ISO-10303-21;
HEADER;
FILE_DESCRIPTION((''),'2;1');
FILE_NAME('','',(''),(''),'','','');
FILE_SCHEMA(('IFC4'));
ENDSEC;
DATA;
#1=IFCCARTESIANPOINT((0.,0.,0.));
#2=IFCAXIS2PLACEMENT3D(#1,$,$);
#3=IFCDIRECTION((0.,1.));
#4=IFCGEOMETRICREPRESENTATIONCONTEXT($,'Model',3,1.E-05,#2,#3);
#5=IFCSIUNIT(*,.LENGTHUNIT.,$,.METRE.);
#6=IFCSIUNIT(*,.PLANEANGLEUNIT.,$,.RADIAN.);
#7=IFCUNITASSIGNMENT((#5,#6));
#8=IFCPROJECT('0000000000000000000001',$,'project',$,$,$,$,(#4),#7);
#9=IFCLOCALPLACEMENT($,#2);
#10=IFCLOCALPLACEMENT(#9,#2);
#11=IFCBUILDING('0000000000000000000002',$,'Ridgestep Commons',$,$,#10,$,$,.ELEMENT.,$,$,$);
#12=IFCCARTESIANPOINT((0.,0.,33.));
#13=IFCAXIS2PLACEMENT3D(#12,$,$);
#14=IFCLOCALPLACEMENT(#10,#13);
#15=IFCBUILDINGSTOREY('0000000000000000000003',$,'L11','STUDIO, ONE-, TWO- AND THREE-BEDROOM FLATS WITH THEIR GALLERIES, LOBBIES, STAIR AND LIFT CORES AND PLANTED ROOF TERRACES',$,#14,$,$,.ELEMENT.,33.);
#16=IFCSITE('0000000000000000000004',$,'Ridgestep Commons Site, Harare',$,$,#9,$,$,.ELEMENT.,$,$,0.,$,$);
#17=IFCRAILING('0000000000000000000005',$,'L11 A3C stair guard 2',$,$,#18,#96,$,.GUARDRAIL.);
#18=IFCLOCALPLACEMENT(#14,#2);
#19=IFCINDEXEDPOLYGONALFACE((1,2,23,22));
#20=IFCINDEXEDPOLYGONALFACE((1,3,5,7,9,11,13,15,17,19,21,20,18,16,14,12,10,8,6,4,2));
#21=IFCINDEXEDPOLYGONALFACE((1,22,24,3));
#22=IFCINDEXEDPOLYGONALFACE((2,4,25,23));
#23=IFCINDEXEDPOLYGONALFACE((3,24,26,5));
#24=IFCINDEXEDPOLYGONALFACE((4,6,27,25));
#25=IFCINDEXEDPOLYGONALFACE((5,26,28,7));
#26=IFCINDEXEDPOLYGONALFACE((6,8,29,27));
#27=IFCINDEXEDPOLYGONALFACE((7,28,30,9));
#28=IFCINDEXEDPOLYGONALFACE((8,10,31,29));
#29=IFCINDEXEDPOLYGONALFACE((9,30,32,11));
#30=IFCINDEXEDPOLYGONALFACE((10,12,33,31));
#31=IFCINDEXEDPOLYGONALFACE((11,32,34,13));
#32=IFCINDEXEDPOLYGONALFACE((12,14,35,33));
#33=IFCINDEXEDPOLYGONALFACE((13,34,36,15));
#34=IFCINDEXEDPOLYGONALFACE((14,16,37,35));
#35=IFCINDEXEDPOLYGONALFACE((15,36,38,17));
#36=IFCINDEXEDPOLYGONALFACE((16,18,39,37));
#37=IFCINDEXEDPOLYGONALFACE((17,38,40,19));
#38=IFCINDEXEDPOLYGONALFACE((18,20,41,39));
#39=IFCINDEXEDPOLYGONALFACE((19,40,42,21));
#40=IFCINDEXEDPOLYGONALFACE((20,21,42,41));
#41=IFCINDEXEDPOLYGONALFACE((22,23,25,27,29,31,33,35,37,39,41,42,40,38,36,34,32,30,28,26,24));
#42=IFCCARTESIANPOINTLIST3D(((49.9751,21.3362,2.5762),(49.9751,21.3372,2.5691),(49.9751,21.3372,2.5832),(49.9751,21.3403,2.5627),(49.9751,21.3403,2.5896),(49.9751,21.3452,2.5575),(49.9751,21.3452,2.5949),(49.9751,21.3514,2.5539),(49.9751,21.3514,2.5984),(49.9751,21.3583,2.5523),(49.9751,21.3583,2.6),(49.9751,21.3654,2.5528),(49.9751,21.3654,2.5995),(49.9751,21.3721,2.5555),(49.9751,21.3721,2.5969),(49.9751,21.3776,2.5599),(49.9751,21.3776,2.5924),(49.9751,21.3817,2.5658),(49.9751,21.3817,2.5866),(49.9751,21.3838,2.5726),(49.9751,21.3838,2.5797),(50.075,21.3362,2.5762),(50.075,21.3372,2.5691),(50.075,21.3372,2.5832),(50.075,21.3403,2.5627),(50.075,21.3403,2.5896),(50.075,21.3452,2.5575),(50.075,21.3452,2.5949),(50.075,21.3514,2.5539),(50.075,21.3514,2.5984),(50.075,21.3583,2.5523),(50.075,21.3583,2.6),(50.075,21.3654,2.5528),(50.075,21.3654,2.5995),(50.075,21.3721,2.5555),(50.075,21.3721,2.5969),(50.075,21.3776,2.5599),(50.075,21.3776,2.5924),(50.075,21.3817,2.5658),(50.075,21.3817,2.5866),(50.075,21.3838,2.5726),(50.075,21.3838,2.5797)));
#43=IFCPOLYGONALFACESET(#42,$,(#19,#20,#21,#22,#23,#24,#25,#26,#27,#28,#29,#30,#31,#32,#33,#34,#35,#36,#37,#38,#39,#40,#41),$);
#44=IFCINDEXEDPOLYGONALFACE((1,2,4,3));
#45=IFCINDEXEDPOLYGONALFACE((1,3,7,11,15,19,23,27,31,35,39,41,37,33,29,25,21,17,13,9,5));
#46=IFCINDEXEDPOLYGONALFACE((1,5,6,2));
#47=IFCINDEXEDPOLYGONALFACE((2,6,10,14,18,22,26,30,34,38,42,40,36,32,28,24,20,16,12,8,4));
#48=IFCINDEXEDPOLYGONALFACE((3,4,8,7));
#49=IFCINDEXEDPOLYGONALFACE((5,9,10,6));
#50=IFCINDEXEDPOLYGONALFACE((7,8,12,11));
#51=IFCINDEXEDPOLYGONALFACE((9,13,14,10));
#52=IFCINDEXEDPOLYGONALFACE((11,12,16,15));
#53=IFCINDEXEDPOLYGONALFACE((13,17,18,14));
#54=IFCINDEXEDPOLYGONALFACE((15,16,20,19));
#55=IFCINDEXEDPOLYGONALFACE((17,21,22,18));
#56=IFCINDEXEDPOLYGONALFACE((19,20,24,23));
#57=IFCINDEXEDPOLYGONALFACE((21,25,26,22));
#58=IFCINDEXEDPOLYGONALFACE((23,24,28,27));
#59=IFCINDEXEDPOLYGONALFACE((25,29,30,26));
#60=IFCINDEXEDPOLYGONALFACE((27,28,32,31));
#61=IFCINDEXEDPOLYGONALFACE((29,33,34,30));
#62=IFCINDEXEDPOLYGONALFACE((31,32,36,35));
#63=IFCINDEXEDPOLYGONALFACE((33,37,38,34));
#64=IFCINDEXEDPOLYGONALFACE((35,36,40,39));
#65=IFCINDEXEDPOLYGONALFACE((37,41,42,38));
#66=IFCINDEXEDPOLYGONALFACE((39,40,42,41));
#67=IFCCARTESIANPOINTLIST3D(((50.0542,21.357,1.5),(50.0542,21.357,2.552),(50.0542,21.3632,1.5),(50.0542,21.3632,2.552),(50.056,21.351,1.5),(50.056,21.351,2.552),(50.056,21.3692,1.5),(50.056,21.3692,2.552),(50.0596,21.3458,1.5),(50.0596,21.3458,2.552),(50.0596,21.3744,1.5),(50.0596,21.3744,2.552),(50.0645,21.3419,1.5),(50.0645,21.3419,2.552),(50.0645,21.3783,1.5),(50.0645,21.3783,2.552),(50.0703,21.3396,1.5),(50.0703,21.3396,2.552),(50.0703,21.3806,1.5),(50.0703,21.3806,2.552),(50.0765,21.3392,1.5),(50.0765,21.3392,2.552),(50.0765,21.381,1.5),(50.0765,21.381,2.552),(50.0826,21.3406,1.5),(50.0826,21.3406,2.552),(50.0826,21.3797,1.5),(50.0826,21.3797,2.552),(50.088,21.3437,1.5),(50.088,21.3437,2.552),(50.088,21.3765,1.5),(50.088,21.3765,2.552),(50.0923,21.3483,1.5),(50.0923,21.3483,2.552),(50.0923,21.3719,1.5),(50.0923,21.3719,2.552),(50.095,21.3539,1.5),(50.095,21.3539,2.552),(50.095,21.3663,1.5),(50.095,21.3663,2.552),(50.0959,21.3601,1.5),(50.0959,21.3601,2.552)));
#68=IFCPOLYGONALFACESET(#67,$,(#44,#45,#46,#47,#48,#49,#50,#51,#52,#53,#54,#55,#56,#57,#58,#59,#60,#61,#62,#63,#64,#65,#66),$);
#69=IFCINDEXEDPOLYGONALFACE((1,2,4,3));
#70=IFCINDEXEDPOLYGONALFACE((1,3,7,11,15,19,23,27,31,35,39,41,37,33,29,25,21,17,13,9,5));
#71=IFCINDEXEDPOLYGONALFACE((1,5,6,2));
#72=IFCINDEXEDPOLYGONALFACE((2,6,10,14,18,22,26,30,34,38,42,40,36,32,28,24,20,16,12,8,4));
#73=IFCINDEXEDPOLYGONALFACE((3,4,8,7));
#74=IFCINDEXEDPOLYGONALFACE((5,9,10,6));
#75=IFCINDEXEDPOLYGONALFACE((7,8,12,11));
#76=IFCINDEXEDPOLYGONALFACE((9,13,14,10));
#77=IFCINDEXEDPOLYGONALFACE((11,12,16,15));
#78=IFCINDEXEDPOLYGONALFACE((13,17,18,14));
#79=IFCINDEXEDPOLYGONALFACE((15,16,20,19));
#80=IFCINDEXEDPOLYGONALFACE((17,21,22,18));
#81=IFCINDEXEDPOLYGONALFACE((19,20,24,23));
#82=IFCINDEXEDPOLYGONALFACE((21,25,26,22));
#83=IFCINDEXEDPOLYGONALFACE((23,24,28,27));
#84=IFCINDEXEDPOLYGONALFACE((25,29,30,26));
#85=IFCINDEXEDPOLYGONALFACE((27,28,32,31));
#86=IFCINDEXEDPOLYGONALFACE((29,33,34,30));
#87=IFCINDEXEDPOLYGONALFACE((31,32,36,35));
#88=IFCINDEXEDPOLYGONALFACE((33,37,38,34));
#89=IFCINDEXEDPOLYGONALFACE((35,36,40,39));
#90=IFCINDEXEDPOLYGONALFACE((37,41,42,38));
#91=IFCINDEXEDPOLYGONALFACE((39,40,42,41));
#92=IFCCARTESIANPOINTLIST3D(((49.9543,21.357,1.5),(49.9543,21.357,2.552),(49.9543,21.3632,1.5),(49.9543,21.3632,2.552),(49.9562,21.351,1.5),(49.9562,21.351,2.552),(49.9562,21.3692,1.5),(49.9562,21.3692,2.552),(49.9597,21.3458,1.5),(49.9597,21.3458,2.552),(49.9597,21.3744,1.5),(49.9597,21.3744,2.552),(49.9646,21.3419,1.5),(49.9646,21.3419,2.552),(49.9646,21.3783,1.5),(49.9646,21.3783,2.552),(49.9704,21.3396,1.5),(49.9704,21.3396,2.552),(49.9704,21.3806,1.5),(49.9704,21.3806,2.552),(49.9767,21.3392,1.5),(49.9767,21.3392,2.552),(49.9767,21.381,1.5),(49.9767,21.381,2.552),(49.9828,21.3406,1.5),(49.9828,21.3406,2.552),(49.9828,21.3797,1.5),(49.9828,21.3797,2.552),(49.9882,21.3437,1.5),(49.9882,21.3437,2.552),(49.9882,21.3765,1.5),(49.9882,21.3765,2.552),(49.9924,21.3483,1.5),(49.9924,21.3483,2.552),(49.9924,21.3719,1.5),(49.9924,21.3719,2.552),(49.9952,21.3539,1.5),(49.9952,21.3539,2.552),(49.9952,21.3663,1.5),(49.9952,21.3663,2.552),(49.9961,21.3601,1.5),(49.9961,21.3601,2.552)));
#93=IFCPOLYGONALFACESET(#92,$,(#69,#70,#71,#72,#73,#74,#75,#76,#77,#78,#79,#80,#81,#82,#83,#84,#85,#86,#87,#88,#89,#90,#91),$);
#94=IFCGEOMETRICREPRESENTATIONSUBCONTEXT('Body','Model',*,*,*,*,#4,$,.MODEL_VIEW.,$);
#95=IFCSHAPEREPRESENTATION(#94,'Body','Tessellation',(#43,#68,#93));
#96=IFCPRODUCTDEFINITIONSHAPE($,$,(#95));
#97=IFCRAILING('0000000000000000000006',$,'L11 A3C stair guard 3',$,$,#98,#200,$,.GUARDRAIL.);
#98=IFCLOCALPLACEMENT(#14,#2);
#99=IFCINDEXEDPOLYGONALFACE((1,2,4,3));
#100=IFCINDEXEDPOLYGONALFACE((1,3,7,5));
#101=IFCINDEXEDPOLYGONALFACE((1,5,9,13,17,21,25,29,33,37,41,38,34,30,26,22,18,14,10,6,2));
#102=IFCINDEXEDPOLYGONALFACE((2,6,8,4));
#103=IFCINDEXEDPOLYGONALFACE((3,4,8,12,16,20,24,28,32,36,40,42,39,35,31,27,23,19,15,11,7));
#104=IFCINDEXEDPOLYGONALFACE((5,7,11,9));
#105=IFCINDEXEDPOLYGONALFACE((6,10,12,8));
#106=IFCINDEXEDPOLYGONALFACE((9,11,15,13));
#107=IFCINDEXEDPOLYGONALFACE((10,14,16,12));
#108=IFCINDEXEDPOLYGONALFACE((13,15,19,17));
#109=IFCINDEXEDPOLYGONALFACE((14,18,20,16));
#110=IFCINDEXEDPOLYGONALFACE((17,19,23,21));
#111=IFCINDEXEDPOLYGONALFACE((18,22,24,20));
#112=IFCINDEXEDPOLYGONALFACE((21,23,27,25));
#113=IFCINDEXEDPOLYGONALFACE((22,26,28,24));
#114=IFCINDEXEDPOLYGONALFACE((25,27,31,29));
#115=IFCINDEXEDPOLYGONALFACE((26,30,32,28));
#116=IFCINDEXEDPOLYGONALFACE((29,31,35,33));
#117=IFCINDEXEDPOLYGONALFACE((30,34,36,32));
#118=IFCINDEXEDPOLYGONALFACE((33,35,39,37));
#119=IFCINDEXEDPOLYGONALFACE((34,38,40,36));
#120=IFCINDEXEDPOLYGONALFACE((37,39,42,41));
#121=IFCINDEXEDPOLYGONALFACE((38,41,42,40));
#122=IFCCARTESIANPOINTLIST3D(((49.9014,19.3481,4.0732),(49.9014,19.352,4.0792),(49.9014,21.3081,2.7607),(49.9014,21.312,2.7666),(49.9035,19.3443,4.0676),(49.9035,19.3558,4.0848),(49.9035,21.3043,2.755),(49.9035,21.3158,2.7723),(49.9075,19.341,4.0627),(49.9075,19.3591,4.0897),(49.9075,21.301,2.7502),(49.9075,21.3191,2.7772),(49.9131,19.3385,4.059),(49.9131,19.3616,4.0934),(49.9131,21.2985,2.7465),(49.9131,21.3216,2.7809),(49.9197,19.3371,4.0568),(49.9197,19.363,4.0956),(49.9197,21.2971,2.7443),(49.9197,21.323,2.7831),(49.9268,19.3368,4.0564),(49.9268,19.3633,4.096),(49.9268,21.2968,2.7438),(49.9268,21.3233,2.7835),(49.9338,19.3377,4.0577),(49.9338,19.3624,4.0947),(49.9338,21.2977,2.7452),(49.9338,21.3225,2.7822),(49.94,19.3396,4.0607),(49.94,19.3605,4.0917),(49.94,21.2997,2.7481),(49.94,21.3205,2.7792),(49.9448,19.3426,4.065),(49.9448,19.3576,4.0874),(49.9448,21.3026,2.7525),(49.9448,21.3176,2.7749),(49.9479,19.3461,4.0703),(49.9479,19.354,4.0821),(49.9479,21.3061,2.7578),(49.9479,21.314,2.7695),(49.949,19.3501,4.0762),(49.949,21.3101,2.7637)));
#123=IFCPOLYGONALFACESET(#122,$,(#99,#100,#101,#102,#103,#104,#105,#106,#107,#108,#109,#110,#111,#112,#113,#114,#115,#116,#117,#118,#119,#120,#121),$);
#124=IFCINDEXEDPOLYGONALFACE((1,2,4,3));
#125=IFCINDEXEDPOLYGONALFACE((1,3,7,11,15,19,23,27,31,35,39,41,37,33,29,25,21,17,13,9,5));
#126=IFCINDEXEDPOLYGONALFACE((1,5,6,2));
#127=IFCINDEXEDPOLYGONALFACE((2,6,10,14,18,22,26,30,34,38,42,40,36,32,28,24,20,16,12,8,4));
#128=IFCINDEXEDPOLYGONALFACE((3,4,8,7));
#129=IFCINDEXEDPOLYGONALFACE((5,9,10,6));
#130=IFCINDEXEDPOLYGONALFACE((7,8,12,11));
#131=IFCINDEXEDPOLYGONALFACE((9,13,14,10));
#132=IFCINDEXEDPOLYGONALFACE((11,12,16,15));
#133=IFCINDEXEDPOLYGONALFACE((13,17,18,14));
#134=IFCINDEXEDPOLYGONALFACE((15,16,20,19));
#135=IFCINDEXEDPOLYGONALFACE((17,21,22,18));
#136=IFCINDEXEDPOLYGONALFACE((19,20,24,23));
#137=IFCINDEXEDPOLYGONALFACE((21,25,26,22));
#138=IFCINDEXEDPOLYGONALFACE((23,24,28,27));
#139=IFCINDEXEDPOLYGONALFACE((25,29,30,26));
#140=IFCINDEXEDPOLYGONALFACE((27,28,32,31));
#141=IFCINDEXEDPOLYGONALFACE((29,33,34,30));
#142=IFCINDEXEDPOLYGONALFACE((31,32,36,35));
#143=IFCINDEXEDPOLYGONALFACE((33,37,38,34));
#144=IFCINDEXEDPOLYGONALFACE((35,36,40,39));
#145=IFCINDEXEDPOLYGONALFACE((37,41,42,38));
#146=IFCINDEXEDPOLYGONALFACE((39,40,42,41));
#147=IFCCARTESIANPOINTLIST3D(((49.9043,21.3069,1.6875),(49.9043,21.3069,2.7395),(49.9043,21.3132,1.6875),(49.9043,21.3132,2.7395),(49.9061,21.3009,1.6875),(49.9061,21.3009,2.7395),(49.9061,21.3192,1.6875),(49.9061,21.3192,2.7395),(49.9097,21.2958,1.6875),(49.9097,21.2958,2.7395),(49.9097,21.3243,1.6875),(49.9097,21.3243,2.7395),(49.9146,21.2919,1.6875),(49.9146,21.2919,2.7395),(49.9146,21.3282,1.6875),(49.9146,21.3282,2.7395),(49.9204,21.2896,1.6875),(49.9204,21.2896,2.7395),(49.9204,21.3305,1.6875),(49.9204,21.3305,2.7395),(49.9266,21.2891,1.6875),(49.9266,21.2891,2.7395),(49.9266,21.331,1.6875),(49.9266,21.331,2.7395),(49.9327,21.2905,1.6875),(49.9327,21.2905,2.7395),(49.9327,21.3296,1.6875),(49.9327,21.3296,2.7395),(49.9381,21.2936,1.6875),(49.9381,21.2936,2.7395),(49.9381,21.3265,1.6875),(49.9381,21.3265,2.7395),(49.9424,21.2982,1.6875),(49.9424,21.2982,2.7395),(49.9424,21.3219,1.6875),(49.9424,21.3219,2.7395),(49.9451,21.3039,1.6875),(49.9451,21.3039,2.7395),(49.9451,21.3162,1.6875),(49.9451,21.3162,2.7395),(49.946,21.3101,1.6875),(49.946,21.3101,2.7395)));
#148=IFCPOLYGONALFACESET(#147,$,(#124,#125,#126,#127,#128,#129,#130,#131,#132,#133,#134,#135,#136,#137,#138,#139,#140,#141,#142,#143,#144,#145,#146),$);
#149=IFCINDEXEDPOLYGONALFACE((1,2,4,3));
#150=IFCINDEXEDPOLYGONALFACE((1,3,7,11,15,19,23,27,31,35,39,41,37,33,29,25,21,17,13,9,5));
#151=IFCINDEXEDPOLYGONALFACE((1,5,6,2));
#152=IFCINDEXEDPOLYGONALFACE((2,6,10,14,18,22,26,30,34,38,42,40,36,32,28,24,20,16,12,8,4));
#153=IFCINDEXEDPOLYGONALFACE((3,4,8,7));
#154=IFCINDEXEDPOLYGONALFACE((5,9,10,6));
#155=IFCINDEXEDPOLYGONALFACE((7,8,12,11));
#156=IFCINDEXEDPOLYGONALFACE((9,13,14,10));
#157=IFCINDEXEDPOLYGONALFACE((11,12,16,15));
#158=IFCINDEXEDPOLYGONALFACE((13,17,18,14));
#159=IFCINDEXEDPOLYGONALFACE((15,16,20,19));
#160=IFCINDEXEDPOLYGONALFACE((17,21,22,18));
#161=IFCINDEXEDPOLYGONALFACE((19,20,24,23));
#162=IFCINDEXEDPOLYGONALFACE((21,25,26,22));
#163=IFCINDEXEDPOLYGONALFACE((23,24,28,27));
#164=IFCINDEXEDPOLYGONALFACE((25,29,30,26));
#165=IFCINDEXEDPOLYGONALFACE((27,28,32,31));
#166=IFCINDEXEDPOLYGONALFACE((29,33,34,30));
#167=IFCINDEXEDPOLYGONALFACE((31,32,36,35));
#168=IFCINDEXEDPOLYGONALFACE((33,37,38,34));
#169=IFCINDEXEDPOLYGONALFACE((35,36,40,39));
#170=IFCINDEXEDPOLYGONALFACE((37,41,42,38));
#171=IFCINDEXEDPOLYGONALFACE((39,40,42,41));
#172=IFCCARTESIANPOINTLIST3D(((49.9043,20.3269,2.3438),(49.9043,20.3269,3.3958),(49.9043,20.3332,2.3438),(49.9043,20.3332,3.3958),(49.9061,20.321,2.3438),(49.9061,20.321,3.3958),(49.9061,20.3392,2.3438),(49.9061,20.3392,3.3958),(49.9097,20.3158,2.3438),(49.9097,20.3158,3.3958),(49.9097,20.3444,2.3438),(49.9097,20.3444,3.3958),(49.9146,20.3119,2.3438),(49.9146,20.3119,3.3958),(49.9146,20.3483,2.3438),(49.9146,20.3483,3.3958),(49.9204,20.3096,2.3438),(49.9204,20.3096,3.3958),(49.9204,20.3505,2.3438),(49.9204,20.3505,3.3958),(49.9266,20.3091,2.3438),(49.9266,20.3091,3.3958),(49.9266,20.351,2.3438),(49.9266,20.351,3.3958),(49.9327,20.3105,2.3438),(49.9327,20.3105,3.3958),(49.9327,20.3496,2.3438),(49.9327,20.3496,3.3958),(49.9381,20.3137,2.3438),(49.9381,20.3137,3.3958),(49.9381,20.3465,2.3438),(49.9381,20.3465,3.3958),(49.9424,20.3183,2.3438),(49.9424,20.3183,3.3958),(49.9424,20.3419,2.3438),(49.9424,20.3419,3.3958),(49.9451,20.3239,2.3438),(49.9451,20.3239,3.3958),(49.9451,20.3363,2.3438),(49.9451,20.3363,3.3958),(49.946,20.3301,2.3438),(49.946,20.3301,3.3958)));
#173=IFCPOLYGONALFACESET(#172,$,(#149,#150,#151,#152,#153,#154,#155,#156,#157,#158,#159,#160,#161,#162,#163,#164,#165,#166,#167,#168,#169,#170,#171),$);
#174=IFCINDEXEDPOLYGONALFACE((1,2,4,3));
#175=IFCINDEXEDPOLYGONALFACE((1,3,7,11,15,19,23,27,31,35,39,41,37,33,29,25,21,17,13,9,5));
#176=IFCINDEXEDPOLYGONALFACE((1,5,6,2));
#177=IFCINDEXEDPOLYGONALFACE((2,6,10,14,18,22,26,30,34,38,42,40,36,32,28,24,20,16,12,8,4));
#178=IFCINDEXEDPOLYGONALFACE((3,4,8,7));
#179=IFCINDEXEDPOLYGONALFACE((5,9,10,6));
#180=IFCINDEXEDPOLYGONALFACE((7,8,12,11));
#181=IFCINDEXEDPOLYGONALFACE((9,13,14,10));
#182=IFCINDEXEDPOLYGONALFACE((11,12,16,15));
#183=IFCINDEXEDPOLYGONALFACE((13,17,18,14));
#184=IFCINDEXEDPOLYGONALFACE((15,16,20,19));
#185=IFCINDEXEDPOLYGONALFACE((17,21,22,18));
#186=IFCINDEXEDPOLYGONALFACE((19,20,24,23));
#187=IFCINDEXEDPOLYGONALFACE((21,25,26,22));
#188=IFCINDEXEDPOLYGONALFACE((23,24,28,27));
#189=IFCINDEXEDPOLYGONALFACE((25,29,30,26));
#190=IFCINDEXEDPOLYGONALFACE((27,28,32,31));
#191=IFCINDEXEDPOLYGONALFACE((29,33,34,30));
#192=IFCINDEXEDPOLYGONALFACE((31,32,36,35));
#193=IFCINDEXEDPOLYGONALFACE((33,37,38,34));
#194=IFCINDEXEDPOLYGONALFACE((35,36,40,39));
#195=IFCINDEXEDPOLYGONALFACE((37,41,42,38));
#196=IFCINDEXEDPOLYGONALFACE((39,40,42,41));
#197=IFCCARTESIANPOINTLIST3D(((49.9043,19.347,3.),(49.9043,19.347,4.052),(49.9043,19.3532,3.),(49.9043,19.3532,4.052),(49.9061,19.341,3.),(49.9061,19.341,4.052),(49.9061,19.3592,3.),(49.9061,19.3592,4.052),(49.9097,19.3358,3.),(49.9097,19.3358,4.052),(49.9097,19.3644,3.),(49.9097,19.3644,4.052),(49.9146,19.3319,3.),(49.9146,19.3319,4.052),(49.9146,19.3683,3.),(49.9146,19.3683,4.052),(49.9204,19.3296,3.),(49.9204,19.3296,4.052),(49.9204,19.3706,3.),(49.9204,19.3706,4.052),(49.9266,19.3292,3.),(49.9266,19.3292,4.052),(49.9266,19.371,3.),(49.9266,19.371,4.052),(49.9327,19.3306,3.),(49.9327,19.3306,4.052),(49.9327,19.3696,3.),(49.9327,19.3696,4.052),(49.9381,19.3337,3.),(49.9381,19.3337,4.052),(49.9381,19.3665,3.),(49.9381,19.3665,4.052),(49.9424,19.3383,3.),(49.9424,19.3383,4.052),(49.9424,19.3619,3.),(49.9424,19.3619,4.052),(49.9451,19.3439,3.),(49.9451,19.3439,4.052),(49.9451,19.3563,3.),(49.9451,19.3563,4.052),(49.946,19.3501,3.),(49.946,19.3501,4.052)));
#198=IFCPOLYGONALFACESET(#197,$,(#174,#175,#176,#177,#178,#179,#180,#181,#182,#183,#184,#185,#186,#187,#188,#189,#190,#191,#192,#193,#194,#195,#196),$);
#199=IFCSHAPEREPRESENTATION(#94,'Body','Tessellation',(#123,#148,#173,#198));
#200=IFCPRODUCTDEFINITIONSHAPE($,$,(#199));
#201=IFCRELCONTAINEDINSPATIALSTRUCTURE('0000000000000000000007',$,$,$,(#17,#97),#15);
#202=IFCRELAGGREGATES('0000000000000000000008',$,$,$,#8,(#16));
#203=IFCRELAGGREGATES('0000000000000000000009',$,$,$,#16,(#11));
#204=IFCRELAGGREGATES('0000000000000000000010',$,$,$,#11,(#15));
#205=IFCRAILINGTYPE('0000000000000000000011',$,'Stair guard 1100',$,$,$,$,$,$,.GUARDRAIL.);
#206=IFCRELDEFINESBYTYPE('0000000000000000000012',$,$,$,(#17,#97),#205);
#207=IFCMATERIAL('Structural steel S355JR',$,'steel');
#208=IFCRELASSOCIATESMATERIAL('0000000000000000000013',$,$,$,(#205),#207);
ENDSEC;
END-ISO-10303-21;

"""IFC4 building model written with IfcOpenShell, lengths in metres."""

from ifc_helpers import new_model, si_unit, direction, frame, origin, origin_2d, place, context, subcontext, project, spatial, circle, extrude, material, type_object, element, save


model = new_model("IFC4")

# Units and contexts
model_context = context("Model", 3, precision=1e-05, world=origin(), true_north=direction((0.0, 1.0)))
body_context = subcontext(model_context, "Body", "Model", "MODEL_VIEW")
ifc_project = project(units=[si_unit("LENGTHUNIT", "METRE"), si_unit("PLANEANGLEUNIT", "RADIAN")], contexts=[model_context])

# Site, building, storey
site_placement = place(None, origin())
site = spatial("IfcSite", under=ifc_project, at=site_placement, Name="Ridgestep Commons Site, Harare", CompositionType="ELEMENT", RefElevation=0.0)
building_placement = place(site_placement, origin())
building = spatial("IfcBuilding", under=site, at=building_placement, Name="Ridgestep Commons", CompositionType="ELEMENT")
storey_placement = place(building_placement, frame((0.0, 0.0, 33.0)))
storey = spatial("IfcBuildingStorey", under=building, at=storey_placement, Name="L11", Description="STUDIO, ONE-, TWO- AND THREE-BEDROOM FLATS WITH THEIR GALLERIES, LOBBIES, STAIR AND LIFT CORES AND PLANTED ROOF TERRACES", CompositionType="ELEMENT", Elevation=33.0)

# Railings
ifc_material_1 = material(Name="Structural steel S355JR", Category="steel")
railing_type_1 = type_object("IfcRailingType", Name="Stair guard 1100", PredefinedType="GUARDRAIL", material=ifc_material_1)
railing_1_placement = place(storey_placement, frame((50.075, 21.3601, 1.5)))
element("IfcRailing", 1, at=railing_1_placement, inside=storey, type_object=railing_type_1, Name="L11 A3C stair guard 2", PredefinedType="GUARDRAIL", context=body_context, shape_type="SweptSolid", body=[
    extrude(circle(Radius=0.0239, at=origin_2d()), frame((0.0, 0.0, 1.0762), z_axis=(-1.0, 0.0, 0.0), x_axis=(0.0, -1.0, 0.0)), (0.0, 0.0, 1.0), 0.0999),
    extrude(circle(Radius=0.021, at=origin_2d()), origin(), (0.0, 0.0, 1.0), 1.052),
    extrude(circle(Radius=0.021, at=origin_2d()), frame((-0.0999, 0.0, 0.0)), (0.0, 0.0, 1.0), 1.052),
])
railing_2_placement = place(storey_placement, frame((49.925, 21.3101, 1.6875)))
element("IfcRailing", 2, at=railing_2_placement, inside=storey, type_object=railing_type_1, Name="L11 A3C stair guard 3", PredefinedType="GUARDRAIL", context=body_context, shape_type="SweptSolid", body=[
    extrude(circle(Radius=0.0239, at=origin_2d()), frame((0.0, 0.0, 1.0762), z_axis=(0.0, -0.830902, 0.556419), x_axis=(1.0, 0.0, 0.0)), (0.0, 0.0, 1.0), 2.3589),
    extrude(circle(Radius=0.021, at=origin_2d()), origin(), (0.0, 0.0, 1.0), 1.052),
    extrude(circle(Radius=0.021, at=origin_2d()), frame((0.0, -0.98, 0.6562)), (0.0, 0.0, 1.0), 1.052),
    extrude(circle(Radius=0.021, at=origin_2d()), frame((0.0, -1.96, 1.3125)), (0.0, 0.0, 1.0), 1.052),
])

save(model, "model.ifc")
